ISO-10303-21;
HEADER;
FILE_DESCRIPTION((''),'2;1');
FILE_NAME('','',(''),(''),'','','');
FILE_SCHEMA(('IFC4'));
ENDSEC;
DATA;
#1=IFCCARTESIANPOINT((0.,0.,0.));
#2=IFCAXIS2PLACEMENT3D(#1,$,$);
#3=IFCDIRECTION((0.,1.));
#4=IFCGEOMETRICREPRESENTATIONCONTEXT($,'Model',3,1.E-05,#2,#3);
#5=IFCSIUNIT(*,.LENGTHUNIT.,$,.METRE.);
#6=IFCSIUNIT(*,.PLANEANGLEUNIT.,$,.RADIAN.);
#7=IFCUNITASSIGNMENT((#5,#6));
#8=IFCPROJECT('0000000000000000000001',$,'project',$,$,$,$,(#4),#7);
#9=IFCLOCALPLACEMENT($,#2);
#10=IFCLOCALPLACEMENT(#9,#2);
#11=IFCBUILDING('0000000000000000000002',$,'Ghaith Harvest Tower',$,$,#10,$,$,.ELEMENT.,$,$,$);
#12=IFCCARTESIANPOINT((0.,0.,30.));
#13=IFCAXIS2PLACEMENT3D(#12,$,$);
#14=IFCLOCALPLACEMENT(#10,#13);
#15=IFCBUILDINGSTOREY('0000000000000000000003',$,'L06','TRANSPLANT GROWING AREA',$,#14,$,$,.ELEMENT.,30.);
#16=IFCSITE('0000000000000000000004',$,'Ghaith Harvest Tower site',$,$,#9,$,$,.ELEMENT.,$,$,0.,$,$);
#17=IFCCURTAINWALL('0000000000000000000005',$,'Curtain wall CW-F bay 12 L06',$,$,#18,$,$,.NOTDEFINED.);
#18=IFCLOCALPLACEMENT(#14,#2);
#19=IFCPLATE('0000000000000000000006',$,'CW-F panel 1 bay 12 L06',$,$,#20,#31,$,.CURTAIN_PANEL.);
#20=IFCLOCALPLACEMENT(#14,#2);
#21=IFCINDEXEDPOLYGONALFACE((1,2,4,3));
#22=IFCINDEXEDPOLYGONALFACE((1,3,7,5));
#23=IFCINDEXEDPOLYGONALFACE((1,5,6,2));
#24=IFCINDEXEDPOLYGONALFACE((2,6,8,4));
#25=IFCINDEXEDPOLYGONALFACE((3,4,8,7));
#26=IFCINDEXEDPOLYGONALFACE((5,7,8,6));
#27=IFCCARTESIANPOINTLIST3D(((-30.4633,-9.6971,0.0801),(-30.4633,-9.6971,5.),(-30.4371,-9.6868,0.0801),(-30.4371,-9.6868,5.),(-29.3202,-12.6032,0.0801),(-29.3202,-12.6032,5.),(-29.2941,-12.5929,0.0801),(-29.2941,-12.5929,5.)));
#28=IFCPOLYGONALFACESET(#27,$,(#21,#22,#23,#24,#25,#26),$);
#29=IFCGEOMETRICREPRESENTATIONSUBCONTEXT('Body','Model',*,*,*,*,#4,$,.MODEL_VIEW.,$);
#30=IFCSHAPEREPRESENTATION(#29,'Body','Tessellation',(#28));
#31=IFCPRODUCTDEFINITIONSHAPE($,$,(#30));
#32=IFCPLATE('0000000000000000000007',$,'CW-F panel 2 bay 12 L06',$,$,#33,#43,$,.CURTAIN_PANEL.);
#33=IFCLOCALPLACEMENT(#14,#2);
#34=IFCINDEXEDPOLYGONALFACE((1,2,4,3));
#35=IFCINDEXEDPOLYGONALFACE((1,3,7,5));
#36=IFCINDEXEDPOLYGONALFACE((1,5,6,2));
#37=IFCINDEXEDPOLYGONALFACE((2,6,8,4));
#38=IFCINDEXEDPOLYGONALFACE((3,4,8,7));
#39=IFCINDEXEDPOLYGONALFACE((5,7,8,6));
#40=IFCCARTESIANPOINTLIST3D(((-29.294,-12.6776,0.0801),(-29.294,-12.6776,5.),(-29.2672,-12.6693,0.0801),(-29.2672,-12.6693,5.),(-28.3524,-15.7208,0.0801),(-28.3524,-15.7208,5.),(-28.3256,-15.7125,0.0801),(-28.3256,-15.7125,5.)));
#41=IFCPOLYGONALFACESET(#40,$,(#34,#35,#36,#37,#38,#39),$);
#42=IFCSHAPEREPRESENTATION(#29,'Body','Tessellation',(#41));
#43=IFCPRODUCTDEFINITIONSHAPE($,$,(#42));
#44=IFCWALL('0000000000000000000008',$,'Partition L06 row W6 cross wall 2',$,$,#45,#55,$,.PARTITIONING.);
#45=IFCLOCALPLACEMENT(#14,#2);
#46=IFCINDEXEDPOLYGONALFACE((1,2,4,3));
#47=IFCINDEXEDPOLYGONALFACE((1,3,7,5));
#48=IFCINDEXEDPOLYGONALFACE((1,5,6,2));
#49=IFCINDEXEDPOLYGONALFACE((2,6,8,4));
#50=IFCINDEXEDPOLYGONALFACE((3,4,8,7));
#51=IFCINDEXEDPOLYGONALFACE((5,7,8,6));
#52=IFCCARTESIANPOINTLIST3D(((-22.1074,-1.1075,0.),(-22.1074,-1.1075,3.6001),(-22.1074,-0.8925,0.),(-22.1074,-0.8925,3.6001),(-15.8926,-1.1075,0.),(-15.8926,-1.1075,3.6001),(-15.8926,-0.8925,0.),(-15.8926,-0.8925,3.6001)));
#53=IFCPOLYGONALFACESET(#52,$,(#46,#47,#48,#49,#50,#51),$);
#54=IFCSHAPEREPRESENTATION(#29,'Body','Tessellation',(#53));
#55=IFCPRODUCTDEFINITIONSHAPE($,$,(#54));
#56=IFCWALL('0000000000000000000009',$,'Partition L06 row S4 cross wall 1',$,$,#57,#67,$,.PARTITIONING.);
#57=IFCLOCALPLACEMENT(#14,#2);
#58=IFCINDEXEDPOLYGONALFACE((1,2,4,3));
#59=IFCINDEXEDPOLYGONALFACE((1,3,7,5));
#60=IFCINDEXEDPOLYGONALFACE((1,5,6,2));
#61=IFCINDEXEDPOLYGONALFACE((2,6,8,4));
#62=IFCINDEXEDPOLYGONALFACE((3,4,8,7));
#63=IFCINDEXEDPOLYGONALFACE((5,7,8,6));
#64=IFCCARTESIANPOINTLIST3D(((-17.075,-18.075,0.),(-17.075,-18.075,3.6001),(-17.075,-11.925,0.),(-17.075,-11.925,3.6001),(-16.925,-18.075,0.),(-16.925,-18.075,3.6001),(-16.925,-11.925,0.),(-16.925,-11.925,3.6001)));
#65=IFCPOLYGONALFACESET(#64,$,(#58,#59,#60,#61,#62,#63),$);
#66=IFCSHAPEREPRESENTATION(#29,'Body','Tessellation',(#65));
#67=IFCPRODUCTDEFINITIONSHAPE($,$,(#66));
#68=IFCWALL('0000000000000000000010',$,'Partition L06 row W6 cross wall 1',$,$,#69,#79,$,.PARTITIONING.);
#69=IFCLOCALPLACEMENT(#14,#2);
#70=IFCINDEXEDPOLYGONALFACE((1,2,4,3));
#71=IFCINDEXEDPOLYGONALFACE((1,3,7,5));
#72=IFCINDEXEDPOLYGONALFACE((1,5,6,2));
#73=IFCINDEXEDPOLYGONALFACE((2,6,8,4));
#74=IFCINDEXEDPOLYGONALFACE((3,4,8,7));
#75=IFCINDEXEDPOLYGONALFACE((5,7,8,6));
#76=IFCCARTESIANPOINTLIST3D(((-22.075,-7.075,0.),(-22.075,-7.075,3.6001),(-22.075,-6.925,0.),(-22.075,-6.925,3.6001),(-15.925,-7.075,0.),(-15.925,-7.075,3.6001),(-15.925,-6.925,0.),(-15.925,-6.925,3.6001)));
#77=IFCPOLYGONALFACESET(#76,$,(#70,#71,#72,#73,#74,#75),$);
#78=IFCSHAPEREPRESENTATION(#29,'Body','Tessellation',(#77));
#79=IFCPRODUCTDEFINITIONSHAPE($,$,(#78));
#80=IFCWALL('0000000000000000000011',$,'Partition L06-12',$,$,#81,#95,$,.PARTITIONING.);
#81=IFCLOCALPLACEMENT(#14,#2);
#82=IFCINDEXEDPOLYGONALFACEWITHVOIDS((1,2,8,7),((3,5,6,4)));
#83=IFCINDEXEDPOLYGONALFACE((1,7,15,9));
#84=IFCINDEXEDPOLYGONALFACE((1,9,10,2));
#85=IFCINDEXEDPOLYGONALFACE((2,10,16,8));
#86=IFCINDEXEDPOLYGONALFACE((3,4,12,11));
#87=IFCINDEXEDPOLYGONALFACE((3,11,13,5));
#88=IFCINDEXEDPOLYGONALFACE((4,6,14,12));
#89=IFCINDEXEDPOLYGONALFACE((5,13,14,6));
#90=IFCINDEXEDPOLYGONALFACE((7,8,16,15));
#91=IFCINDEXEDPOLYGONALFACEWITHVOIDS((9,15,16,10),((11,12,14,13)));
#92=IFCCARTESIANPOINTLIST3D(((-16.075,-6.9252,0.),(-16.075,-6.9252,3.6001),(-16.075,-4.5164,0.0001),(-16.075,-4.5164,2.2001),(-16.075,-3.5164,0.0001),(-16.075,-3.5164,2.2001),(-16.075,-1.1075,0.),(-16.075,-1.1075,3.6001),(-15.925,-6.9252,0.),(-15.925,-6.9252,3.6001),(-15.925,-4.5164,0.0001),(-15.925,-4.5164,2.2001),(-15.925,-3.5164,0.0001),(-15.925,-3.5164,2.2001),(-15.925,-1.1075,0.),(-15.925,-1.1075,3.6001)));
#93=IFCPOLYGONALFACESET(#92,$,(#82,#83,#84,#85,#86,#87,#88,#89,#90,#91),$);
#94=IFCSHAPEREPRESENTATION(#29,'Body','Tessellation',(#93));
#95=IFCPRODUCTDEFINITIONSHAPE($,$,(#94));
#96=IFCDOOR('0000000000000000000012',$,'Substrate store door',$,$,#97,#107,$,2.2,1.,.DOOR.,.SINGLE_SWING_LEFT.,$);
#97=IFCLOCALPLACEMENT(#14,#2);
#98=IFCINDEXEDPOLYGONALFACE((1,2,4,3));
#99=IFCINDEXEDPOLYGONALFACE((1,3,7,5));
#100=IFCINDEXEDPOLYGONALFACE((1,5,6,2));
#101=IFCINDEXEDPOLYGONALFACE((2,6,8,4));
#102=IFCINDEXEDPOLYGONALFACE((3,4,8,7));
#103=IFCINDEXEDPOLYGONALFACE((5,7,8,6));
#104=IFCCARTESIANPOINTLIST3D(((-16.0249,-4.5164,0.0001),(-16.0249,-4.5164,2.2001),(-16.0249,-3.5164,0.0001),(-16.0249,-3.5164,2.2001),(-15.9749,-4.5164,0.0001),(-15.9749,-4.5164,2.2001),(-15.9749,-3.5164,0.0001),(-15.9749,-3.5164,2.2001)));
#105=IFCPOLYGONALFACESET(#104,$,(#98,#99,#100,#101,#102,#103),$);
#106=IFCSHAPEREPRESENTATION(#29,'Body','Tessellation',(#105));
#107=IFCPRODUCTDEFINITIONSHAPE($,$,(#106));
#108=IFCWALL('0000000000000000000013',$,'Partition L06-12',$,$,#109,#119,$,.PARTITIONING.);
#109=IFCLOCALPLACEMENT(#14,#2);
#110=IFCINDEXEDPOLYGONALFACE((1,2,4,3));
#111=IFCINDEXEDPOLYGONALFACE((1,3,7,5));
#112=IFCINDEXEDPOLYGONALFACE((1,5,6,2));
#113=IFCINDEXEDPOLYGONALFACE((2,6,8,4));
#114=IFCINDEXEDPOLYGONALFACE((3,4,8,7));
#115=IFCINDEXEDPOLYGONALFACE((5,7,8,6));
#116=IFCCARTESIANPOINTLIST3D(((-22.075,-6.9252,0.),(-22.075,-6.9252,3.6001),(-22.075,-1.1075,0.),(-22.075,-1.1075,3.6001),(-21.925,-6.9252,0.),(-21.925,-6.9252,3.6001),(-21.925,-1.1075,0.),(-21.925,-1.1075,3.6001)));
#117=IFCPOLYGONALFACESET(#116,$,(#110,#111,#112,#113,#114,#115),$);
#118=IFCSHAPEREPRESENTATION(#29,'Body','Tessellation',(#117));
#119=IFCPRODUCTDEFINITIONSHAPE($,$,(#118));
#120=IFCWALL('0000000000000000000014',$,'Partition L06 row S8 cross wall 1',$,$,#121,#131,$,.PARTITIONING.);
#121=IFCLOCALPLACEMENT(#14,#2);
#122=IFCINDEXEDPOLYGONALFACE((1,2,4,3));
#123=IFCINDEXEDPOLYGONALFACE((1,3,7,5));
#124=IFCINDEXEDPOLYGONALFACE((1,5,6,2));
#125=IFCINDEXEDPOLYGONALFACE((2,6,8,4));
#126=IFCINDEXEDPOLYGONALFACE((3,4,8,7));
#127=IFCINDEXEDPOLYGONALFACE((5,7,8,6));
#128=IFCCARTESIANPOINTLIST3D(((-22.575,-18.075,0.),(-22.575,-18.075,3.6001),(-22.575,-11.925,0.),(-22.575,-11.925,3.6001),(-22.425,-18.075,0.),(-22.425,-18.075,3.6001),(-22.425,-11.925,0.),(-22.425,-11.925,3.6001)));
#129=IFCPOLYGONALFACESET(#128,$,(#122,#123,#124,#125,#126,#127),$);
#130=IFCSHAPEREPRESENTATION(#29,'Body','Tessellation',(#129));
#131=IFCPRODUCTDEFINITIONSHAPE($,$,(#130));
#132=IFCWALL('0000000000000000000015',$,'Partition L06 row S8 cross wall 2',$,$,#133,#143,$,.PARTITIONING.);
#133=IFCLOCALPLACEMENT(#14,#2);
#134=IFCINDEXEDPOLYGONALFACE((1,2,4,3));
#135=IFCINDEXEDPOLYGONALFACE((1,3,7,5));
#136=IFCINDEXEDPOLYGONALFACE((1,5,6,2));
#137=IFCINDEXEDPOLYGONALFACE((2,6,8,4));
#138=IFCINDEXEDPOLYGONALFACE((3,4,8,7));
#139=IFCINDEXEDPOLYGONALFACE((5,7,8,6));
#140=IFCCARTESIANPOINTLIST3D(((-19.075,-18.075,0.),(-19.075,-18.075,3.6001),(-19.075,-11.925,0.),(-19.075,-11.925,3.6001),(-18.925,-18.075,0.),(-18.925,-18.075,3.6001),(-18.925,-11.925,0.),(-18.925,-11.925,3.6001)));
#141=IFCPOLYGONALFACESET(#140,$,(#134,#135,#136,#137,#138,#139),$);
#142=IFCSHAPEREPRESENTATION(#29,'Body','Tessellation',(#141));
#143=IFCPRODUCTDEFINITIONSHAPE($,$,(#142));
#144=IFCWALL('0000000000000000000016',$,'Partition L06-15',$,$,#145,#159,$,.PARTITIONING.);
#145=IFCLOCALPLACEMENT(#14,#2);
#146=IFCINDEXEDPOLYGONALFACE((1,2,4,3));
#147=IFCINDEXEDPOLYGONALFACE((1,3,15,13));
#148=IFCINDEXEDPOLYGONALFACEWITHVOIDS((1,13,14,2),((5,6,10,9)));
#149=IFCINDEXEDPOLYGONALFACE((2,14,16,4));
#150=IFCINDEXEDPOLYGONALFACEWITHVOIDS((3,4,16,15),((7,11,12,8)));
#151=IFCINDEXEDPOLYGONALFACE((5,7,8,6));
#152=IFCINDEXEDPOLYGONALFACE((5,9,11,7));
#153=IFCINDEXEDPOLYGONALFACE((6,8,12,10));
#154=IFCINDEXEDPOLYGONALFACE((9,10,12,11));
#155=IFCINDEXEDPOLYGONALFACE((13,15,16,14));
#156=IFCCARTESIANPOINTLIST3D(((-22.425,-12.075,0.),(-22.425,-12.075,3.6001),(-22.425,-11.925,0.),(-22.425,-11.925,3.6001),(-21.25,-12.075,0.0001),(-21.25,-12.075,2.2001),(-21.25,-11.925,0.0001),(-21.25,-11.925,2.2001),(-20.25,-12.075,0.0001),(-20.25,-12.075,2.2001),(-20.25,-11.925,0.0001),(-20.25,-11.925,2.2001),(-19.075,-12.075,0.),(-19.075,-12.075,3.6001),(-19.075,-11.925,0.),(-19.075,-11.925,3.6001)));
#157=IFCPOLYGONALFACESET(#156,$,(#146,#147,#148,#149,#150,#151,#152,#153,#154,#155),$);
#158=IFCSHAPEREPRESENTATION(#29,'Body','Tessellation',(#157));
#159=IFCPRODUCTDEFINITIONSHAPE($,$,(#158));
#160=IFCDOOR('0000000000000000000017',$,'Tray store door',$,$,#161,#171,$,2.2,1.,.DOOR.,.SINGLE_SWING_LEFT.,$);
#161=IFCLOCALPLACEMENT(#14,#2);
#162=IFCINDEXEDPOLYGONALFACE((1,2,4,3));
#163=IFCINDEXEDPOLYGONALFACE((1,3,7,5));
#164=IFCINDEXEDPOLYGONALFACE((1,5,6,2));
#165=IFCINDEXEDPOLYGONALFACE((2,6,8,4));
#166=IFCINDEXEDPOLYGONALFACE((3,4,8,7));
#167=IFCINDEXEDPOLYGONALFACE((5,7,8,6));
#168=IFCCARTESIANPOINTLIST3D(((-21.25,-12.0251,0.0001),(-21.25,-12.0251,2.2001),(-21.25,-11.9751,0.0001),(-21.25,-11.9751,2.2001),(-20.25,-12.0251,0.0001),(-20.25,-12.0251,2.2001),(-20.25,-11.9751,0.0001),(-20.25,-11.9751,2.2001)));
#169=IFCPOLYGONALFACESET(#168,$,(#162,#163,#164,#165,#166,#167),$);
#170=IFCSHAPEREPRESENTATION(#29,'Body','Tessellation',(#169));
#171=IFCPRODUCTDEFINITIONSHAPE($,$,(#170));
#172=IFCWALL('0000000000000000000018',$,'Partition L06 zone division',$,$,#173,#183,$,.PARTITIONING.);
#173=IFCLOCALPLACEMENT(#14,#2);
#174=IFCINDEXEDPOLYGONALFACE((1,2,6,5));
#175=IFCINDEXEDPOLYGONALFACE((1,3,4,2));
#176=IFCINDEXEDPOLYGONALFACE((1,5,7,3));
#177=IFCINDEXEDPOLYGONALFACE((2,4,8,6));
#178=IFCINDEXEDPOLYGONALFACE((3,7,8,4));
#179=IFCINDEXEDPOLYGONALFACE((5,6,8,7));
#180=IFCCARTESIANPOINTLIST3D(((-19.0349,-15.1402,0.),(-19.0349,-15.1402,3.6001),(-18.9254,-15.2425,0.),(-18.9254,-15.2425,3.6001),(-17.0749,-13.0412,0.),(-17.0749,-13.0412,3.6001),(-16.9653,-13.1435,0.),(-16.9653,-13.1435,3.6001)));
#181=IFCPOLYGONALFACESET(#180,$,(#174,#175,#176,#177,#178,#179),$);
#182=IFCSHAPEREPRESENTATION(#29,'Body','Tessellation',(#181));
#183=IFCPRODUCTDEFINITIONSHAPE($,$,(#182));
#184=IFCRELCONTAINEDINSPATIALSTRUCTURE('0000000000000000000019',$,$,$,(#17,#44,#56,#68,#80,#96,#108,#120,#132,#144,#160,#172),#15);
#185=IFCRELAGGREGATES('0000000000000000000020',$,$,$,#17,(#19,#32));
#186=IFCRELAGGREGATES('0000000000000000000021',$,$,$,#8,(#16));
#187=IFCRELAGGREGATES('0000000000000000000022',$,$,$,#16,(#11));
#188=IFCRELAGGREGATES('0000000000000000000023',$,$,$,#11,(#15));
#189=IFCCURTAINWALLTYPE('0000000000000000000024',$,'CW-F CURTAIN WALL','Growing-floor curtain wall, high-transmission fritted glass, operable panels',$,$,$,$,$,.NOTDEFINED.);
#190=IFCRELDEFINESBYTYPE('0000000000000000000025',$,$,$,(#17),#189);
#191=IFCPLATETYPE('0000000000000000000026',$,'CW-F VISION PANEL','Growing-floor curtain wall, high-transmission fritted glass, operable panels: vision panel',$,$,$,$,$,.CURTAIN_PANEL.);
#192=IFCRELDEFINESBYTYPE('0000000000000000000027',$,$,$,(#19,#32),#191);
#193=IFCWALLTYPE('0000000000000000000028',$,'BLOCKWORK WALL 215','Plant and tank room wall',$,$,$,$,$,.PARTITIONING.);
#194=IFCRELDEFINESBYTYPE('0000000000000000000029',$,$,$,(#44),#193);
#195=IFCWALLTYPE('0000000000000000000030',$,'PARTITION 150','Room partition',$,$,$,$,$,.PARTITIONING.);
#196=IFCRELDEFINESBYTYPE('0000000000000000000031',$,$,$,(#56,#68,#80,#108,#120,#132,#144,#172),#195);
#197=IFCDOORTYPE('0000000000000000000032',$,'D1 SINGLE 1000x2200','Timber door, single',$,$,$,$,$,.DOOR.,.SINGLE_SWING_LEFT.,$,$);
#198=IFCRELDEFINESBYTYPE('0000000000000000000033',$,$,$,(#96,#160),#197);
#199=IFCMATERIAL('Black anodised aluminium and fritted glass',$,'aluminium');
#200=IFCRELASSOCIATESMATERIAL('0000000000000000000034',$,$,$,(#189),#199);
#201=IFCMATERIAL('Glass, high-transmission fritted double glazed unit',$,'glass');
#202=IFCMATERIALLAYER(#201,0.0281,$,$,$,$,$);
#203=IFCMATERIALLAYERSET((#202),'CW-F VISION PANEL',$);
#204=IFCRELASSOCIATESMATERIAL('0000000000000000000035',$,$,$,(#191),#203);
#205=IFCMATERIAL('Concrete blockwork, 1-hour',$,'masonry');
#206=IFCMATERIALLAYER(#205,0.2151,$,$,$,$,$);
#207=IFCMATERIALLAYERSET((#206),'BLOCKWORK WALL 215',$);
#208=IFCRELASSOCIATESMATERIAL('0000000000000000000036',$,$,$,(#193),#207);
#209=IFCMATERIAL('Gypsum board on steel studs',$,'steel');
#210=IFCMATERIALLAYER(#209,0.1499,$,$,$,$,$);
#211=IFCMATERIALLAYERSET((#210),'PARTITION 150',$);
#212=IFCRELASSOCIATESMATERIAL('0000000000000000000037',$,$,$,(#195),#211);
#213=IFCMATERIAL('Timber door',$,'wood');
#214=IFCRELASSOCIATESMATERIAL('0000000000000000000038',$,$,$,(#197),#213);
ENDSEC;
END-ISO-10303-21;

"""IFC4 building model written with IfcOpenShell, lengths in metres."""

from ifc_helpers import new_model, si_unit, direction, frame, frame_2d, origin, origin_2d, place, context, subcontext, project, spatial, rectangle, extrude, material, layer, layer_set, type_object, element, fill, aggregate, save


model = new_model("IFC4")

# Units and contexts
model_context = context("Model", 3, precision=1e-05, world=origin(), true_north=direction((0.0, 1.0)))
body_context = subcontext(model_context, "Body", "Model", "MODEL_VIEW")
ifc_project = project(units=[si_unit("LENGTHUNIT", "METRE"), si_unit("PLANEANGLEUNIT", "RADIAN")], contexts=[model_context])

# Site, building, storey
site_placement = place(None, origin())
site = spatial("IfcSite", under=ifc_project, at=site_placement, Name="Ghaith Harvest Tower site", CompositionType="ELEMENT", RefElevation=0.0)
building_placement = place(site_placement, origin())
building = spatial("IfcBuilding", under=site, at=building_placement, Name="Ghaith Harvest Tower", CompositionType="ELEMENT")
storey_placement = place(building_placement, frame((0.0, 0.0, 30.0)))
storey = spatial("IfcBuildingStorey", under=building, at=storey_placement, Name="L06", Description="TRANSPLANT GROWING AREA", CompositionType="ELEMENT", Elevation=30.0)

# Curtain wall
ifc_material_1 = material(Name="Black anodised aluminium and fritted glass", Category="aluminium")
curtain_wall_type = type_object("IfcCurtainWallType", Name="CW-F CURTAIN WALL", Description="Growing-floor curtain wall, high-transmission fritted glass, operable panels", PredefinedType="NOTDEFINED", material=ifc_material_1)
curtain_wall_1_placement = place(storey_placement, origin())
curtain_wall_1 = element("IfcCurtainWall", 1, at=curtain_wall_1_placement, inside=storey, type_object=curtain_wall_type, Name="Curtain wall CW-F bay 12 L06", PredefinedType="NOTDEFINED")

# Plates
ifc_material_2 = material(Name="Glass, high-transmission fritted double glazed unit", Category="glass")
ifc_layer_1 = layer(ifc_material_2, 0.0281)
ifc_layer_set_1 = layer_set([ifc_layer_1], Name="CW-F VISION PANEL")
plate_type = type_object("IfcPlateType", Name="CW-F VISION PANEL", Description="Growing-floor curtain wall, high-transmission fritted glass, operable panels: vision panel", PredefinedType="CURTAIN_PANEL", material=ifc_layer_set_1)
plate_1_placement = place(storey_placement, frame((-29.8787, -11.145, 0.0801), z_axis=(0.0, 0.0, 1.0), x_axis=(0.36604, -0.930599, 0.0)))
plate_1 = element("IfcPlate", 2, at=plate_1_placement, type_object=plate_type, Name="CW-F panel 1 bay 12 L06", PredefinedType="CURTAIN_PANEL", context=body_context, shape_type="SweptSolid", body=[
    extrude(rectangle(XDim=3.1228, YDim=0.0281, at=origin_2d()), origin(), (0.0, 0.0, 1.0), 4.9199),
])
plate_2_placement = place(storey_placement, frame((-28.8098, -14.1951, 0.0801), z_axis=(0.0, 0.0, 1.0), x_axis=(0.295583, -0.955317, 0.0)))
plate_2 = element("IfcPlate", 3, at=plate_2_placement, type_object=plate_type, Name="CW-F panel 2 bay 12 L06", PredefinedType="CURTAIN_PANEL", context=body_context, shape_type="SweptSolid", body=[
    extrude(rectangle(XDim=3.1855, YDim=0.0281, at=origin_2d()), origin(), (0.0, 0.0, 1.0), 4.9199),
])
aggregate(curtain_wall_1, [plate_1, plate_2])

# Wall
ifc_material_3 = material(Name="Concrete blockwork, 1-hour", Category="masonry")
ifc_layer_2 = layer(ifc_material_3, 0.2151)
ifc_layer_set_2 = layer_set([ifc_layer_2], Name="BLOCKWORK WALL 215")
wall_type_1 = type_object("IfcWallType", Name="BLOCKWORK WALL 215", Description="Plant and tank room wall", PredefinedType="PARTITIONING", material=ifc_layer_set_2)
wall_1_placement = place(storey_placement, frame((-15.8926, -1.0, 0.0), z_axis=(0.0, 0.0, 1.0), x_axis=(-1.0, 0.0, 0.0)))
element("IfcWall", 4, at=wall_1_placement, inside=storey, type_object=wall_type_1, Name="Partition L06 row W6 cross wall 2", PredefinedType="PARTITIONING", context=body_context, shape_type="SweptSolid", body=[
    extrude(rectangle(XDim=6.2148, YDim=0.2151, at=frame_2d((3.1074, 0.0))), origin(), (0.0, 0.0, 1.0), 3.6001),
])

# Wall
ifc_material_4 = material(Name="Gypsum board on steel studs", Category="steel")
ifc_layer_3 = layer(ifc_material_4, 0.1499)
ifc_layer_set_3 = layer_set([ifc_layer_3], Name="PARTITION 150")
wall_type_2 = type_object("IfcWallType", Name="PARTITION 150", Description="Room partition", PredefinedType="PARTITIONING", material=ifc_layer_set_3)
wall_2_placement = place(storey_placement, frame((-17.0, -11.925, 0.0), z_axis=(0.0, 0.0, 1.0), x_axis=(0.0, -1.0, 0.0)))
element("IfcWall", 5, at=wall_2_placement, inside=storey, type_object=wall_type_2, Name="Partition L06 row S4 cross wall 1", PredefinedType="PARTITIONING", context=body_context, shape_type="SweptSolid", body=[
    extrude(rectangle(XDim=6.1499, YDim=0.1499, at=frame_2d((3.075, 0.0))), origin(), (0.0, 0.0, 1.0), 3.6001),
])

# Wall
wall_3_placement = place(storey_placement, frame((-15.925, -7.0, 0.0), z_axis=(0.0, 0.0, 1.0), x_axis=(-1.0, 0.0, 0.0)))
element("IfcWall", 6, at=wall_3_placement, inside=storey, type_object=wall_type_2, Name="Partition L06 row W6 cross wall 1", PredefinedType="PARTITIONING", context=body_context, shape_type="SweptSolid", body=[
    extrude(rectangle(XDim=6.1499, YDim=0.1499, at=frame_2d((3.075, 0.0))), origin(), (0.0, 0.0, 1.0), 3.6001),
])

# Wall, opening, door
wall_4_placement = place(storey_placement, frame((-16.0, -6.925, 0.0), z_axis=(0.0, 0.0, 1.0), x_axis=(0.0, 1.0, 0.0)))
wall_4 = element("IfcWall", 7, at=wall_4_placement, inside=storey, type_object=wall_type_2, Name="Partition L06-12", PredefinedType="PARTITIONING", context=body_context, shape_type="SweptSolid", body=[
    extrude(rectangle(XDim=5.8176, YDim=0.1499, at=frame_2d((2.9087, 0.0))), origin(), (0.0, 0.0, 1.0), 3.6001),
])
opening_1_placement = place(wall_4_placement, frame((2.4087, 0.0, 0.0)))
opening_1 = element("IfcOpeningElement", 8, at=opening_1_placement, cuts=wall_4, PredefinedType="OPENING", context=body_context, shape_type="SweptSolid", body=[
    extrude(rectangle(XDim=1.0, YDim=2.2, at=frame_2d((0.5, 1.1001))), frame((0.0, 0.085, 0.0), z_axis=(0.0, -1.0, 0.0), x_axis=(1.0, 0.0, 0.0)), (0.0, 0.0, 1.0), 0.1699),
])
ifc_material_5 = material(Name="Timber door", Category="wood")
door_type_1 = type_object("IfcDoorType", Name="D1 SINGLE 1000x2200", Description="Timber door, single", OperationType="SINGLE_SWING_LEFT", PredefinedType="DOOR", material=ifc_material_5)
door_1_placement = place(opening_1_placement, origin())
door_1 = element("IfcDoor", 9, at=door_1_placement, inside=storey, type_object=door_type_1, Name="Substrate store door", OperationType="SINGLE_SWING_LEFT", OverallHeight=2.2, OverallWidth=1.0, PredefinedType="DOOR", context=body_context, shape_type="SweptSolid", body=[
    extrude(rectangle(XDim=1.0, YDim=2.2, at=frame_2d((0.5, 1.1001))), frame((0.0, 0.0249, 0.0), z_axis=(0.0, -1.0, 0.0), x_axis=(1.0, 0.0, 0.0)), (0.0, 0.0, 1.0), 0.05),
])
fill(opening_1, door_1)

# Walls
wall_5_placement = place(storey_placement, frame((-22.0, -6.925, 0.0), z_axis=(0.0, 0.0, 1.0), x_axis=(0.0, 1.0, 0.0)))
element("IfcWall", 10, at=wall_5_placement, inside=storey, type_object=wall_type_2, Name="Partition L06-12", PredefinedType="PARTITIONING", context=body_context, shape_type="SweptSolid", body=[
    extrude(rectangle(XDim=5.8176, YDim=0.1499, at=frame_2d((2.9087, 0.0))), origin(), (0.0, 0.0, 1.0), 3.6001),
])
for number, where, z_axis, x_axis, name in (
    (11, (-22.5, -11.925, 0.0), (0.0, 0.0, 1.0), (0.0, -1.0, 0.0), "Partition L06 row S8 cross wall 1"),
    (12, (-19.0, -11.925, 0.0), (0.0, 0.0, 1.0), (0.0, -1.0, 0.0), "Partition L06 row S8 cross wall 2"),
):
    element("IfcWall", number, at=place(storey_placement, frame(where, z_axis=z_axis, x_axis=x_axis)), inside=storey, type_object=wall_type_2, Name=name, PredefinedType="PARTITIONING", context=body_context, shape_type="SweptSolid", body=[
        extrude(rectangle(XDim=6.1499, YDim=0.1499, at=frame_2d((3.075, 0.0))), origin(), (0.0, 0.0, 1.0), 3.6001),
    ])

# Wall, opening, door
wall_6_placement = place(storey_placement, frame((-22.425, -12.0, 0.0), z_axis=(0.0, 0.0, 1.0), x_axis=(1.0, 0.0, 0.0)))
wall_6 = element("IfcWall", 13, at=wall_6_placement, inside=storey, type_object=wall_type_2, Name="Partition L06-15", PredefinedType="PARTITIONING", context=body_context, shape_type="SweptSolid", body=[
    extrude(rectangle(XDim=3.3501, YDim=0.1499, at=frame_2d((1.675, 0.0))), origin(), (0.0, 0.0, 1.0), 3.6001),
])
opening_2_placement = place(wall_6_placement, frame((1.175, 0.0, 0.0)))
opening_2 = element("IfcOpeningElement", 14, at=opening_2_placement, cuts=wall_6, PredefinedType="OPENING", context=body_context, shape_type="SweptSolid", body=[
    extrude(rectangle(XDim=1.0, YDim=2.2, at=frame_2d((0.5, 1.1001))), frame((0.0, 0.085, 0.0), z_axis=(0.0, -1.0, 0.0), x_axis=(1.0, 0.0, 0.0)), (0.0, 0.0, 1.0), 0.1699),
])
door_2_placement = place(opening_2_placement, origin())
door_2 = element("IfcDoor", 15, at=door_2_placement, inside=storey, type_object=door_type_1, Name="Tray store door", OperationType="SINGLE_SWING_LEFT", OverallHeight=2.2, OverallWidth=1.0, PredefinedType="DOOR", context=body_context, shape_type="SweptSolid", body=[
    extrude(rectangle(XDim=1.0, YDim=2.2, at=frame_2d((0.5, 1.1001))), frame((0.0, 0.0249, 0.0), z_axis=(0.0, -1.0, 0.0), x_axis=(1.0, 0.0, 0.0)), (0.0, 0.0, 1.0), 0.05),
])
fill(opening_2, door_2)

# Wall
wall_7_placement = place(storey_placement, frame((-17.02, -13.0923, 0.0), z_axis=(0.0, 0.0, 1.0), x_axis=(-0.682506, -0.73088, 0.0)))
element("IfcWall", 16, at=wall_7_placement, inside=storey, type_object=wall_type_2, Name="Partition L06 zone division", PredefinedType="PARTITIONING", context=body_context, shape_type="SweptSolid", body=[
    extrude(rectangle(XDim=2.8718, YDim=0.1499, at=frame_2d((1.436, 0.0))), origin(), (0.0, 0.0, 1.0), 3.6001),
])

save(model, "model.ifc")
